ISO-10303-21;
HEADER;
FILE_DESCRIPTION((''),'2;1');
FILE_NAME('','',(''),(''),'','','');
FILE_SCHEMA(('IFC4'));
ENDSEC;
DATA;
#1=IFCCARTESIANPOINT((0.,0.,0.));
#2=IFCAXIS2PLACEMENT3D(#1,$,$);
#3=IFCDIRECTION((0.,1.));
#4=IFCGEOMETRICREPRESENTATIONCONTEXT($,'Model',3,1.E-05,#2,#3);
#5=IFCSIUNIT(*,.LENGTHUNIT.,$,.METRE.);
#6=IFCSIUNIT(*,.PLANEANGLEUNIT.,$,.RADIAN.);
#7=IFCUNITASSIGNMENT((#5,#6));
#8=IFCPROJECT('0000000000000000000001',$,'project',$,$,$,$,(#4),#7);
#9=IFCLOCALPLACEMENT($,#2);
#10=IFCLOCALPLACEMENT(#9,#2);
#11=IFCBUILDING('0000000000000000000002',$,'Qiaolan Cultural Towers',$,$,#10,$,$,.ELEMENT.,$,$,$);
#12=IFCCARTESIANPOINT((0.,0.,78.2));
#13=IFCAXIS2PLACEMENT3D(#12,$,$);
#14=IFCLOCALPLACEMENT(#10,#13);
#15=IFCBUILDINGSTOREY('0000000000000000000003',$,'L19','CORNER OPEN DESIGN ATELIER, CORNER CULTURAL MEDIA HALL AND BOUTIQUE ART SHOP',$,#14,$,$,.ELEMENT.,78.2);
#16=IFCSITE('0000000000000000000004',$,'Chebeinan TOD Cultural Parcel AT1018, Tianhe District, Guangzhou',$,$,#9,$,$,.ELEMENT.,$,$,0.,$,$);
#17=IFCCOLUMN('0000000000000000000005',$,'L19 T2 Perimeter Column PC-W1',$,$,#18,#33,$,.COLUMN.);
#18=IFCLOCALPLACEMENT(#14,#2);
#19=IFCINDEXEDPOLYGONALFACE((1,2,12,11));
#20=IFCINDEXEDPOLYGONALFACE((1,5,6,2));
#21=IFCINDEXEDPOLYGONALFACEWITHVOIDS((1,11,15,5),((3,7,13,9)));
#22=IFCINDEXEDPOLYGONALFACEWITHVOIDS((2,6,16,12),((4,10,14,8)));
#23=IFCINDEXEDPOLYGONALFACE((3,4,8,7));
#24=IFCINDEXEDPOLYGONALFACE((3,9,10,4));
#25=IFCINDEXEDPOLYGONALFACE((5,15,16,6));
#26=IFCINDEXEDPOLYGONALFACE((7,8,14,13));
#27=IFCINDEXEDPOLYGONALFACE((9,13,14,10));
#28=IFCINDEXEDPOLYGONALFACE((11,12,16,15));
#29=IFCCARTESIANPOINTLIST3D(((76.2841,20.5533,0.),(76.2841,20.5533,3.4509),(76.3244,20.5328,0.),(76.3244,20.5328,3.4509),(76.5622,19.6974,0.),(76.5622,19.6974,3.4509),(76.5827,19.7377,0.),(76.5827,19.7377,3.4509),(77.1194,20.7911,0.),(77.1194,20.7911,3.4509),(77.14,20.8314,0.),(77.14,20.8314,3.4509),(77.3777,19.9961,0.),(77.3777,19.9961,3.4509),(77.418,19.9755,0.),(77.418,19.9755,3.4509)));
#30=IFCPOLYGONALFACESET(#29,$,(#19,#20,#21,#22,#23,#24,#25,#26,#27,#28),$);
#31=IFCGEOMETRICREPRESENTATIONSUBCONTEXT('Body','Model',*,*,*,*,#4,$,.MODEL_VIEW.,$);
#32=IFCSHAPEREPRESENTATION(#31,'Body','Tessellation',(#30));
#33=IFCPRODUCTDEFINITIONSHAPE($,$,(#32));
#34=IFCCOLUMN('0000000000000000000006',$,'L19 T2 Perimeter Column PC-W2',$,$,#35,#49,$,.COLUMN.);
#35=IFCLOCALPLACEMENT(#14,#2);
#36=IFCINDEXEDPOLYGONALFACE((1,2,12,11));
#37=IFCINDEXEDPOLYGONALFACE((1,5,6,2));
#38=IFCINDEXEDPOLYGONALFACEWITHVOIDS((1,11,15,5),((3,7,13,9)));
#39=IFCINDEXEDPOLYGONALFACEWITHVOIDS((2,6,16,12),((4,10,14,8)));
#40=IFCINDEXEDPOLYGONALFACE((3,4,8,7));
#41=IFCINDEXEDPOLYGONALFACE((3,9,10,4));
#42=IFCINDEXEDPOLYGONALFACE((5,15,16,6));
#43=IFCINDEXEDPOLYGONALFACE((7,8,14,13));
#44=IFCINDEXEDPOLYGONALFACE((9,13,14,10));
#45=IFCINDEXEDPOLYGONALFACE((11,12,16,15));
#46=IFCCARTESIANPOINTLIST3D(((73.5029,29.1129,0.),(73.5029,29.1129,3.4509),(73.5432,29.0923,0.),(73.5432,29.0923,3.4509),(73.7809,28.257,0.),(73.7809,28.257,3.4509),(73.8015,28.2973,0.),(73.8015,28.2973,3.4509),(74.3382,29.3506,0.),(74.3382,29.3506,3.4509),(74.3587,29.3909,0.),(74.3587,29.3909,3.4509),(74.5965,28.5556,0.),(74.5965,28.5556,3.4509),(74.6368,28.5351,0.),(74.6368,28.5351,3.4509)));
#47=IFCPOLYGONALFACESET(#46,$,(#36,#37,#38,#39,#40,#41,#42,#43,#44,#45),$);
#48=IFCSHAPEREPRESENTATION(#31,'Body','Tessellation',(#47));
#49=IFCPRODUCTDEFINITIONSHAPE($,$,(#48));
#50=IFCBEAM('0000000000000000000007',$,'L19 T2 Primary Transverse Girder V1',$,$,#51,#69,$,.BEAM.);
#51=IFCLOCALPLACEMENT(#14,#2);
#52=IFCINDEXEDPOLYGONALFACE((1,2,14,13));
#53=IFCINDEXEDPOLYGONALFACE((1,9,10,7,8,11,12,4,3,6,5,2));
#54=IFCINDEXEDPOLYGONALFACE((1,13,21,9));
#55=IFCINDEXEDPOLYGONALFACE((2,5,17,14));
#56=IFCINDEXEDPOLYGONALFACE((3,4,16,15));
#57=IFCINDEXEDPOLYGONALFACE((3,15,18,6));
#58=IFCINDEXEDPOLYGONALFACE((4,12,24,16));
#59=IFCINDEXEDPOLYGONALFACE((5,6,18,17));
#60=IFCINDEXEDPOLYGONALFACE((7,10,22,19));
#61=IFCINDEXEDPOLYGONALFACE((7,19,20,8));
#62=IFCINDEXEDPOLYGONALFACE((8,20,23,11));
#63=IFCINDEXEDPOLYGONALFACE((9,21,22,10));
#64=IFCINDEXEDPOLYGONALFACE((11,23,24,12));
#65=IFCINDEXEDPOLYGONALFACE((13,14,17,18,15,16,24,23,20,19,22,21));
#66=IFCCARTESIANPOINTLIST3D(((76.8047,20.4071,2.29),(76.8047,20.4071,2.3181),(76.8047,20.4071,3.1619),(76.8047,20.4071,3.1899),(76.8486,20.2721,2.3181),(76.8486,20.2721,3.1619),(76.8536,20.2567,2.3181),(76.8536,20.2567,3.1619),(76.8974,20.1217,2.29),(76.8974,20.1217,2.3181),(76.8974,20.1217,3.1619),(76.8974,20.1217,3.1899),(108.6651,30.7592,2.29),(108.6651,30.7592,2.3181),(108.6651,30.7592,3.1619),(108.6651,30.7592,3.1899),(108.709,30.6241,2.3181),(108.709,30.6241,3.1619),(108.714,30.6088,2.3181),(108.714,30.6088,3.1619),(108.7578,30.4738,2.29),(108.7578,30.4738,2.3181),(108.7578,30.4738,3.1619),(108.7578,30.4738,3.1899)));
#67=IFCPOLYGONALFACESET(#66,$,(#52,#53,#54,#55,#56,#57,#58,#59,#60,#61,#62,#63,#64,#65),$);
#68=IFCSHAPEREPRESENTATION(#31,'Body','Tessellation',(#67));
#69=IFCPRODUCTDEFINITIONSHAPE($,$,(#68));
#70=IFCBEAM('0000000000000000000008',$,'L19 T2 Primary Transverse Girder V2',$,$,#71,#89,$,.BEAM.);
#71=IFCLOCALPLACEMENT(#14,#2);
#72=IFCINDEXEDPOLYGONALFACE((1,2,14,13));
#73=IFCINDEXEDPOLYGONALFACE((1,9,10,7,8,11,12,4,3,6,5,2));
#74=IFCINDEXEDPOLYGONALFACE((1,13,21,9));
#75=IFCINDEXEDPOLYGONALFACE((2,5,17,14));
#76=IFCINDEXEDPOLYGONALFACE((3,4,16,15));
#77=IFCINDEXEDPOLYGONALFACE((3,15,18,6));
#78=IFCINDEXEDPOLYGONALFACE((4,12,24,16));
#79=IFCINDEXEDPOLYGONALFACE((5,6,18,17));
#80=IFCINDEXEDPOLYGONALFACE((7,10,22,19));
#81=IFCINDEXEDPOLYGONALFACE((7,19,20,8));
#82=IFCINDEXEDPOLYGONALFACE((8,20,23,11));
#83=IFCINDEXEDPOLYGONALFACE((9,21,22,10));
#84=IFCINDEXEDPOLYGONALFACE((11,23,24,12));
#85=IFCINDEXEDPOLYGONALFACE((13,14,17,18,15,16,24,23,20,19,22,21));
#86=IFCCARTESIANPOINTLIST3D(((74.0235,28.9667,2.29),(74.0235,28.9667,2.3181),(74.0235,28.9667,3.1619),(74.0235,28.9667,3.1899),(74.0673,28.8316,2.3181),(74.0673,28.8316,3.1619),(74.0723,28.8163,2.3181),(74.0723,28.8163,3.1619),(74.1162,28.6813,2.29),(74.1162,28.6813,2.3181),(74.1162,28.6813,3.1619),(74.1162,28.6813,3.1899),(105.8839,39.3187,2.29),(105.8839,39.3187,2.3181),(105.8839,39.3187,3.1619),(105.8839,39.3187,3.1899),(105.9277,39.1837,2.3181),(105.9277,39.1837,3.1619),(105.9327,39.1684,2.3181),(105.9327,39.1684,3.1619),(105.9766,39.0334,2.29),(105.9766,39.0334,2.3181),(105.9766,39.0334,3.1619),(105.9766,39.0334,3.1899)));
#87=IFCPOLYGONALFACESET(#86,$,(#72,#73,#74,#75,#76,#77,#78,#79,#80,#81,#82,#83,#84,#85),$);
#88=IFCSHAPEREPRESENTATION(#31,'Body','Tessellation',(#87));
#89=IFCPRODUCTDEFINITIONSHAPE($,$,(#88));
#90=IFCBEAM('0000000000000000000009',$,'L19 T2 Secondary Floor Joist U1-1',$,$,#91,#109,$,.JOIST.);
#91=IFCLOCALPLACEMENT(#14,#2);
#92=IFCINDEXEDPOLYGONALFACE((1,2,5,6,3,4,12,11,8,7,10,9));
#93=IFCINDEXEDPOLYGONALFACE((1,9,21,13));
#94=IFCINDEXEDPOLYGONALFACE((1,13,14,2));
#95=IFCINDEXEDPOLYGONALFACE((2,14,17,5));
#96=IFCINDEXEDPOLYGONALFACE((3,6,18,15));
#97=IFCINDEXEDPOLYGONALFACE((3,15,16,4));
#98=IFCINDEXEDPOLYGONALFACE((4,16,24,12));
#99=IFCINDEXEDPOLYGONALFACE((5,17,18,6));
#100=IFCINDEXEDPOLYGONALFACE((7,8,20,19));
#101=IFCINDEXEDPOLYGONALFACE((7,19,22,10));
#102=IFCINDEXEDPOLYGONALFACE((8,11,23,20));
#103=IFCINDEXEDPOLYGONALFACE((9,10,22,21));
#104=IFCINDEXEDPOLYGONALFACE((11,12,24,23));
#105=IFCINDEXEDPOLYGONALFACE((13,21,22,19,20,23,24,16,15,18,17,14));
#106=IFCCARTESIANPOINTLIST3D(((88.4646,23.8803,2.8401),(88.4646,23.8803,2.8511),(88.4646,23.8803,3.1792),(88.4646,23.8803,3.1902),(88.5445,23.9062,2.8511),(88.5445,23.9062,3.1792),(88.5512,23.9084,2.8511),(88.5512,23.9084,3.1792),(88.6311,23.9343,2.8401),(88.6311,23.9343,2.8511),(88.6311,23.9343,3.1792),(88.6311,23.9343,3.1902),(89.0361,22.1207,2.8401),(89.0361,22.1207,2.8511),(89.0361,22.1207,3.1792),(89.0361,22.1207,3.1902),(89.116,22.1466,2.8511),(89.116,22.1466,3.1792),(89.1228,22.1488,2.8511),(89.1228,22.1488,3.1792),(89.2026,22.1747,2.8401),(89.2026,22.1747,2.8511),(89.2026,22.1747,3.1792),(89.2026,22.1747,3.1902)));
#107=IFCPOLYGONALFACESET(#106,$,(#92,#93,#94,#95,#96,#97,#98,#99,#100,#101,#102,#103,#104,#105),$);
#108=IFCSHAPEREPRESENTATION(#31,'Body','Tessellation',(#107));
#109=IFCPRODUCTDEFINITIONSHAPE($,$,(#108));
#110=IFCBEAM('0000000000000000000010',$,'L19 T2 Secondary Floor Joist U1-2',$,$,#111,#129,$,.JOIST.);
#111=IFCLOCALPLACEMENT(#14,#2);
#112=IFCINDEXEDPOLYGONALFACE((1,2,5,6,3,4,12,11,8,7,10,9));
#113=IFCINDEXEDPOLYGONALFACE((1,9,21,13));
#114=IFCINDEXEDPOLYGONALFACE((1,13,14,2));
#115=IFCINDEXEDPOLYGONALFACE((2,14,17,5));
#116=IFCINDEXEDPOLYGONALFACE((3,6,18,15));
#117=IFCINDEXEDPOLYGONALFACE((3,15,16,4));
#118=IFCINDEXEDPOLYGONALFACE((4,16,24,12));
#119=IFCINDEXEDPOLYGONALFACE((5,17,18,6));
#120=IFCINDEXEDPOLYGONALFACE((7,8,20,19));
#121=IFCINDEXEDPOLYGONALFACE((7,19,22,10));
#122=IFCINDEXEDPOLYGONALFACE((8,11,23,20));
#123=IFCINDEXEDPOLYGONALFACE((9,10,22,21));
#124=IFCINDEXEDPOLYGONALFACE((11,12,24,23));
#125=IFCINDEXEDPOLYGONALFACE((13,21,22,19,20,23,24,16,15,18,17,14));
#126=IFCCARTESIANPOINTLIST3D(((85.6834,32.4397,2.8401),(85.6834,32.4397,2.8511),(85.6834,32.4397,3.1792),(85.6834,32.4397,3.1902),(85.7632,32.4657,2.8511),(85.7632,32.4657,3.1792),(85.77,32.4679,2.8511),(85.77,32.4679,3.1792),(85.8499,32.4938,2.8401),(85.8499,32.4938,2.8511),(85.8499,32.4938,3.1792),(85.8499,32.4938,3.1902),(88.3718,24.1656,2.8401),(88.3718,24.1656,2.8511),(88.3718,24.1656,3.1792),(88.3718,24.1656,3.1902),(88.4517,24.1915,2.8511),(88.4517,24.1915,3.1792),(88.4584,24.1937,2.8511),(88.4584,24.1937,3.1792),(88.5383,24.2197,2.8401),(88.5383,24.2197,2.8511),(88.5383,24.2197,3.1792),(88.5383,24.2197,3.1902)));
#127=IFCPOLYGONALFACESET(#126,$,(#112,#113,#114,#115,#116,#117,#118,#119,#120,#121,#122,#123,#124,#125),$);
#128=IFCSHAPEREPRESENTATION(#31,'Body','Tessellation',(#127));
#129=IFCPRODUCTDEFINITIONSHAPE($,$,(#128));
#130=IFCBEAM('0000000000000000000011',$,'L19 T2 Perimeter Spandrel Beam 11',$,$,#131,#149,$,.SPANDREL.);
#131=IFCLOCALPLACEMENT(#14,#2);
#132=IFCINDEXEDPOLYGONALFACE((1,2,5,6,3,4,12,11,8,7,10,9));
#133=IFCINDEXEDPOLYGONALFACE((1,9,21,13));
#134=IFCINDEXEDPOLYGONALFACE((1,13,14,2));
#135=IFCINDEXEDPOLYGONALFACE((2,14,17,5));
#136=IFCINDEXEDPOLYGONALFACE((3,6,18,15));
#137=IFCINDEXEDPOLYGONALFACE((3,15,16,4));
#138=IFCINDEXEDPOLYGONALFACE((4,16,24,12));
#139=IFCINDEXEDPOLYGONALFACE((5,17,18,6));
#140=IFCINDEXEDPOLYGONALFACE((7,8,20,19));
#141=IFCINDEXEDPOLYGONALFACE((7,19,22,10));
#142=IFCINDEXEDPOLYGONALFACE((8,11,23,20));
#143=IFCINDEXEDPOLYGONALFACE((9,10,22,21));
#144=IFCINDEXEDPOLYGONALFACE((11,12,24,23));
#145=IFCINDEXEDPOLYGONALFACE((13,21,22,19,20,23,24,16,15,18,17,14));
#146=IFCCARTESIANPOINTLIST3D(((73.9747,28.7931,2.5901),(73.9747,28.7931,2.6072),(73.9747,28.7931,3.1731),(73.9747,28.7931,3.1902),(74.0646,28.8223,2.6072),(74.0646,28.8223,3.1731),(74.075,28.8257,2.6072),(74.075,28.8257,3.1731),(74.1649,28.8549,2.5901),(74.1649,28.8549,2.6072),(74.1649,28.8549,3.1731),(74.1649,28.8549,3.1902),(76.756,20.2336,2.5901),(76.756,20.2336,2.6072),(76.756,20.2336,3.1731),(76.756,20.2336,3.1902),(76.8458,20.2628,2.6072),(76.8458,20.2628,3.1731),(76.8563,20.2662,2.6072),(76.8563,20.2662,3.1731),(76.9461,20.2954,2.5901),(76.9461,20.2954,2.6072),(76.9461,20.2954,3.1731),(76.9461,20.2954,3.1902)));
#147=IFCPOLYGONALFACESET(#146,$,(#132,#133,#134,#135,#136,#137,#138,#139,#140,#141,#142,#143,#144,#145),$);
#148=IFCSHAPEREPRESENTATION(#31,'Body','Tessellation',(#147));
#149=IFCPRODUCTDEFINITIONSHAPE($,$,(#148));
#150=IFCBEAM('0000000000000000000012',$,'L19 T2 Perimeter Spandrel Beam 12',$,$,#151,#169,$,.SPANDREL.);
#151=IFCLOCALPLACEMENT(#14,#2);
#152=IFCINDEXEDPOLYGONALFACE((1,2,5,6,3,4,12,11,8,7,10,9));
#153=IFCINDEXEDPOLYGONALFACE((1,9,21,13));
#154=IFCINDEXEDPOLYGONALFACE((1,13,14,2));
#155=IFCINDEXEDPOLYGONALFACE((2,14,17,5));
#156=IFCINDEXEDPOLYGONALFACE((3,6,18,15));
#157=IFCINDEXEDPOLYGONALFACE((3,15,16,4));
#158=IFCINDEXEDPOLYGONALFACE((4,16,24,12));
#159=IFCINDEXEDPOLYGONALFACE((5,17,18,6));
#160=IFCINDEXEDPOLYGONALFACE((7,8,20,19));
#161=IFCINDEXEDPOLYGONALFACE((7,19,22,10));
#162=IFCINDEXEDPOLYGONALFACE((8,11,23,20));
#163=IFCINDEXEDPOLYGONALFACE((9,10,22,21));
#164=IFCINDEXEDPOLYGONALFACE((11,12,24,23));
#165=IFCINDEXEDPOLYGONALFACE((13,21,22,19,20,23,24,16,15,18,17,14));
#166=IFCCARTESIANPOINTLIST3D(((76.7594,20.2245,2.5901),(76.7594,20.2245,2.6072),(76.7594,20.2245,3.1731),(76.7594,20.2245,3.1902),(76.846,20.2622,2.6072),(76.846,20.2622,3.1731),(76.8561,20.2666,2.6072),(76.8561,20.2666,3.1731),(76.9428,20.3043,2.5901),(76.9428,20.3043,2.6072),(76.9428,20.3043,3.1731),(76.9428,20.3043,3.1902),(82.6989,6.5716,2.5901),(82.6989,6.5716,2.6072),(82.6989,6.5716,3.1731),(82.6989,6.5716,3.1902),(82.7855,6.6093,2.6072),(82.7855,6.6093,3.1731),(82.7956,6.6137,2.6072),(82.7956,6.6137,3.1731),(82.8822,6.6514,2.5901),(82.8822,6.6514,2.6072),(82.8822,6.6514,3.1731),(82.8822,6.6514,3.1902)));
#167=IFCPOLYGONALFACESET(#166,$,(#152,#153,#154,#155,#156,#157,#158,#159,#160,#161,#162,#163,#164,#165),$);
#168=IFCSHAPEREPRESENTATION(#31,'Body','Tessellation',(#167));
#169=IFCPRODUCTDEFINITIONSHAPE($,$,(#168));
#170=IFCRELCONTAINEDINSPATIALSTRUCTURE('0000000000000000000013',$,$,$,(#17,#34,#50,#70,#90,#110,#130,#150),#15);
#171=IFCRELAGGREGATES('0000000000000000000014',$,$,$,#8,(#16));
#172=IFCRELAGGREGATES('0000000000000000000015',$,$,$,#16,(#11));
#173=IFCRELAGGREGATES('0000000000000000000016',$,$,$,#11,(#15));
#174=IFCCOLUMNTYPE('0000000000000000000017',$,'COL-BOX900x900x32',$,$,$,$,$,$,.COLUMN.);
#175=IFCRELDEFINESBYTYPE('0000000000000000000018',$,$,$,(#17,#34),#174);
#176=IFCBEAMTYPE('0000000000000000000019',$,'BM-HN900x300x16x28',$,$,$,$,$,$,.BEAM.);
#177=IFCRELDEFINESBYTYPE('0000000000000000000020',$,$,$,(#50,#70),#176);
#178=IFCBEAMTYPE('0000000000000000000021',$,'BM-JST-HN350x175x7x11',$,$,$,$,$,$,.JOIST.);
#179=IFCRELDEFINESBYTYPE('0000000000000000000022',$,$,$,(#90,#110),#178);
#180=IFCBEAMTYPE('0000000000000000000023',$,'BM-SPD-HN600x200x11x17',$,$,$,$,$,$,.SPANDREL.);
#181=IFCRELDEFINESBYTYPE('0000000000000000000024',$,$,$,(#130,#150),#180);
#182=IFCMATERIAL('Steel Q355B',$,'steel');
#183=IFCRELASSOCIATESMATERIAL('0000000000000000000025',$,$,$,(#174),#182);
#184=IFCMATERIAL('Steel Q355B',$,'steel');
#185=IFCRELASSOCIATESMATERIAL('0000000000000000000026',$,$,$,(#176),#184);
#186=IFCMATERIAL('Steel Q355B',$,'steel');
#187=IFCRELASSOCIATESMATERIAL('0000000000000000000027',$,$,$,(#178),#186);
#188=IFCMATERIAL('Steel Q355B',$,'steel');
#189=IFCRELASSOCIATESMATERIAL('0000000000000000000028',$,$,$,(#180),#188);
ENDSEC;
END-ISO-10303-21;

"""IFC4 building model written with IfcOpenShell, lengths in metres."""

from ifc_helpers import new_model, si_unit, direction, frame, origin, origin_2d, place, context, subcontext, project, spatial, hollow_rectangle, i_section, extrude, material, material_profile, profile_set, type_object, element, save


model = new_model("IFC4")

# Units and contexts
model_context = context("Model", 3, precision=1e-05, world=origin(), true_north=direction((0.0, 1.0)))
body_context = subcontext(model_context, "Body", "Model", "MODEL_VIEW")
ifc_project = project(units=[si_unit("LENGTHUNIT", "METRE"), si_unit("PLANEANGLEUNIT", "RADIAN")], contexts=[model_context])

# Site, building, storey
site_placement = place(None, origin())
site = spatial("IfcSite", under=ifc_project, at=site_placement, Name="Chebeinan TOD Cultural Parcel AT1018, Tianhe District, Guangzhou", CompositionType="ELEMENT", RefElevation=0.0)
building_placement = place(site_placement, origin())
building = spatial("IfcBuilding", under=site, at=building_placement, Name="Qiaolan Cultural Towers", CompositionType="ELEMENT")
storey_placement = place(building_placement, frame((0.0, 0.0, 78.2)))
storey = spatial("IfcBuildingStorey", under=building, at=storey_placement, Name="L19", Description="CORNER OPEN DESIGN ATELIER, CORNER CULTURAL MEDIA HALL AND BOUTIQUE ART SHOP", CompositionType="ELEMENT", Elevation=78.2)

# Columns
ifc_material_1 = material(Name="Steel Q355B", Category="steel")
ifc_material_profile_1 = material_profile(ifc_material_1, hollow_rectangle(XDim=0.8999, YDim=0.8999, WallThickness=0.032, at=origin_2d()), Name="BOX900x900x32")
ifc_profile_set_1 = profile_set([ifc_material_profile_1], Name="Steel Q355B")
column_type = type_object("IfcColumnType", Name="COL-BOX900x900x32", PredefinedType="COLUMN", material=ifc_profile_set_1)
for number, where, z_axis, x_axis, name in (
    (1, (76.8511, 20.2644, 0.0), (0.0, 0.0, 1.0), (0.951057, 0.309017, 0.0), "L19 T2 Perimeter Column PC-W1"),
    (2, (74.0698, 28.824, 0.0), (0.0, 0.0, 1.0), (0.951057, 0.309017, 0.0), "L19 T2 Perimeter Column PC-W2"),
):
    element("IfcColumn", number, at=place(storey_placement, frame(where, z_axis=z_axis, x_axis=x_axis)), inside=storey, type_object=column_type, Name=name, PredefinedType="COLUMN", context=body_context, shape_type="SweptSolid", body=[
        extrude(hollow_rectangle(XDim=0.8999, YDim=0.8999, WallThickness=0.032, at=origin_2d()), origin(), (0.0, 0.0, 1.0), 3.4509),
    ])

# Beams
ifc_material_2 = material(Name="Steel Q355B", Category="steel")
ifc_material_profile_2 = material_profile(ifc_material_2, i_section(OverallWidth=0.3, OverallDepth=0.8999, WebThickness=0.0161, FlangeThickness=0.0281, at=origin_2d()), Name="HN900x300x16x28")
ifc_profile_set_2 = profile_set([ifc_material_profile_2], Name="Steel Q355B")
beam_type_1 = type_object("IfcBeamType", Name="BM-HN900x300x16x28", PredefinedType="BEAM", material=ifc_profile_set_2)
for number, where, z_axis, x_axis, name in (
    (3, (76.8511, 20.2644, 2.74), (0.951057, 0.309017, 0.0), (-0.309017, 0.951057, 0.0), "L19 T2 Primary Transverse Girder V1"),
    (4, (74.0698, 28.824, 2.74), (0.951057, 0.309017, 0.0), (-0.309017, 0.951057, 0.0), "L19 T2 Primary Transverse Girder V2"),
):
    element("IfcBeam", number, at=place(storey_placement, frame(where, z_axis=z_axis, x_axis=x_axis)), inside=storey, type_object=beam_type_1, Name=name, PredefinedType="BEAM", context=body_context, shape_type="SweptSolid", body=[
        extrude(i_section(OverallWidth=0.3, OverallDepth=0.8999, WebThickness=0.0161, FlangeThickness=0.0281, at=origin_2d()), origin(), (0.0, 0.0, 1.0), 33.5),
    ])
ifc_material_3 = material(Name="Steel Q355B", Category="steel")
ifc_material_profile_3 = material_profile(ifc_material_3, i_section(OverallWidth=0.175, OverallDepth=0.3501, WebThickness=0.0071, FlangeThickness=0.011, at=origin_2d()), Name="HN350x175x7x11")
ifc_profile_set_3 = profile_set([ifc_material_profile_3], Name="Steel Q355B")
beam_type_2 = type_object("IfcBeamType", Name="BM-JST-HN350x175x7x11", PredefinedType="JOIST", material=ifc_profile_set_3)
beam_1_placement = place(storey_placement, frame((89.1194, 22.1477, 3.0151), z_axis=(-0.308934, 0.951084, 0.0), x_axis=(-0.951084, -0.308934, 0.0)))
element("IfcBeam", 5, at=beam_1_placement, inside=storey, type_object=beam_type_2, Name="L19 T2 Secondary Floor Joist U1-1", PredefinedType="JOIST", context=body_context, shape_type="SweptSolid", body=[
    extrude(i_section(OverallWidth=0.175, OverallDepth=0.3501, WebThickness=0.0071, FlangeThickness=0.011, at=origin_2d()), origin(), (0.0, 0.0, 1.0), 1.8501),
])
beam_2_placement = place(storey_placement, frame((88.4551, 24.1926, 3.0151), z_axis=(-0.309021, 0.951055, 0.0), x_axis=(-0.951055, -0.309021, 0.0)))
element("IfcBeam", 6, at=beam_2_placement, inside=storey, type_object=beam_type_2, Name="L19 T2 Secondary Floor Joist U1-2", PredefinedType="JOIST", context=body_context, shape_type="SweptSolid", body=[
    extrude(i_section(OverallWidth=0.175, OverallDepth=0.3501, WebThickness=0.0071, FlangeThickness=0.011, at=origin_2d()), origin(), (0.0, 0.0, 1.0), 8.7),
])
ifc_material_4 = material(Name="Steel Q355B", Category="steel")
ifc_material_profile_4 = material_profile(ifc_material_4, i_section(OverallWidth=0.2, OverallDepth=0.6001, WebThickness=0.011, FlangeThickness=0.0171, at=origin_2d()), Name="HN600x200x11x17")
ifc_profile_set_4 = profile_set([ifc_material_profile_4], Name="Steel Q355B")
beam_type_3 = type_object("IfcBeamType", Name="BM-SPD-HN600x200x11x17", PredefinedType="SPANDREL", material=ifc_profile_set_4)
beam_3_placement = place(storey_placement, frame((74.0698, 28.824, 2.8901), z_axis=(0.309025, -0.951054, 0.0), x_axis=(0.951054, 0.309025, 0.0)))
element("IfcBeam", 7, at=beam_3_placement, inside=storey, type_object=beam_type_3, Name="L19 T2 Perimeter Spandrel Beam 11", PredefinedType="SPANDREL", context=body_context, shape_type="SweptSolid", body=[
    extrude(i_section(OverallWidth=0.2, OverallDepth=0.6001, WebThickness=0.011, FlangeThickness=0.0171, at=origin_2d()), origin(), (0.0, 0.0, 1.0), 9.0),
])
beam_4_placement = place(storey_placement, frame((76.8511, 20.2644, 2.8901), z_axis=(0.39892, -0.916986, 0.0), x_axis=(0.916986, 0.39892, 0.0)))
element("IfcBeam", 8, at=beam_4_placement, inside=storey, type_object=beam_type_3, Name="L19 T2 Perimeter Spandrel Beam 12", PredefinedType="SPANDREL", context=body_context, shape_type="SweptSolid", body=[
    extrude(i_section(OverallWidth=0.2, OverallDepth=0.6001, WebThickness=0.011, FlangeThickness=0.0171, at=origin_2d()), origin(), (0.0, 0.0, 1.0), 14.8889),
])

save(model, "model.ifc")
